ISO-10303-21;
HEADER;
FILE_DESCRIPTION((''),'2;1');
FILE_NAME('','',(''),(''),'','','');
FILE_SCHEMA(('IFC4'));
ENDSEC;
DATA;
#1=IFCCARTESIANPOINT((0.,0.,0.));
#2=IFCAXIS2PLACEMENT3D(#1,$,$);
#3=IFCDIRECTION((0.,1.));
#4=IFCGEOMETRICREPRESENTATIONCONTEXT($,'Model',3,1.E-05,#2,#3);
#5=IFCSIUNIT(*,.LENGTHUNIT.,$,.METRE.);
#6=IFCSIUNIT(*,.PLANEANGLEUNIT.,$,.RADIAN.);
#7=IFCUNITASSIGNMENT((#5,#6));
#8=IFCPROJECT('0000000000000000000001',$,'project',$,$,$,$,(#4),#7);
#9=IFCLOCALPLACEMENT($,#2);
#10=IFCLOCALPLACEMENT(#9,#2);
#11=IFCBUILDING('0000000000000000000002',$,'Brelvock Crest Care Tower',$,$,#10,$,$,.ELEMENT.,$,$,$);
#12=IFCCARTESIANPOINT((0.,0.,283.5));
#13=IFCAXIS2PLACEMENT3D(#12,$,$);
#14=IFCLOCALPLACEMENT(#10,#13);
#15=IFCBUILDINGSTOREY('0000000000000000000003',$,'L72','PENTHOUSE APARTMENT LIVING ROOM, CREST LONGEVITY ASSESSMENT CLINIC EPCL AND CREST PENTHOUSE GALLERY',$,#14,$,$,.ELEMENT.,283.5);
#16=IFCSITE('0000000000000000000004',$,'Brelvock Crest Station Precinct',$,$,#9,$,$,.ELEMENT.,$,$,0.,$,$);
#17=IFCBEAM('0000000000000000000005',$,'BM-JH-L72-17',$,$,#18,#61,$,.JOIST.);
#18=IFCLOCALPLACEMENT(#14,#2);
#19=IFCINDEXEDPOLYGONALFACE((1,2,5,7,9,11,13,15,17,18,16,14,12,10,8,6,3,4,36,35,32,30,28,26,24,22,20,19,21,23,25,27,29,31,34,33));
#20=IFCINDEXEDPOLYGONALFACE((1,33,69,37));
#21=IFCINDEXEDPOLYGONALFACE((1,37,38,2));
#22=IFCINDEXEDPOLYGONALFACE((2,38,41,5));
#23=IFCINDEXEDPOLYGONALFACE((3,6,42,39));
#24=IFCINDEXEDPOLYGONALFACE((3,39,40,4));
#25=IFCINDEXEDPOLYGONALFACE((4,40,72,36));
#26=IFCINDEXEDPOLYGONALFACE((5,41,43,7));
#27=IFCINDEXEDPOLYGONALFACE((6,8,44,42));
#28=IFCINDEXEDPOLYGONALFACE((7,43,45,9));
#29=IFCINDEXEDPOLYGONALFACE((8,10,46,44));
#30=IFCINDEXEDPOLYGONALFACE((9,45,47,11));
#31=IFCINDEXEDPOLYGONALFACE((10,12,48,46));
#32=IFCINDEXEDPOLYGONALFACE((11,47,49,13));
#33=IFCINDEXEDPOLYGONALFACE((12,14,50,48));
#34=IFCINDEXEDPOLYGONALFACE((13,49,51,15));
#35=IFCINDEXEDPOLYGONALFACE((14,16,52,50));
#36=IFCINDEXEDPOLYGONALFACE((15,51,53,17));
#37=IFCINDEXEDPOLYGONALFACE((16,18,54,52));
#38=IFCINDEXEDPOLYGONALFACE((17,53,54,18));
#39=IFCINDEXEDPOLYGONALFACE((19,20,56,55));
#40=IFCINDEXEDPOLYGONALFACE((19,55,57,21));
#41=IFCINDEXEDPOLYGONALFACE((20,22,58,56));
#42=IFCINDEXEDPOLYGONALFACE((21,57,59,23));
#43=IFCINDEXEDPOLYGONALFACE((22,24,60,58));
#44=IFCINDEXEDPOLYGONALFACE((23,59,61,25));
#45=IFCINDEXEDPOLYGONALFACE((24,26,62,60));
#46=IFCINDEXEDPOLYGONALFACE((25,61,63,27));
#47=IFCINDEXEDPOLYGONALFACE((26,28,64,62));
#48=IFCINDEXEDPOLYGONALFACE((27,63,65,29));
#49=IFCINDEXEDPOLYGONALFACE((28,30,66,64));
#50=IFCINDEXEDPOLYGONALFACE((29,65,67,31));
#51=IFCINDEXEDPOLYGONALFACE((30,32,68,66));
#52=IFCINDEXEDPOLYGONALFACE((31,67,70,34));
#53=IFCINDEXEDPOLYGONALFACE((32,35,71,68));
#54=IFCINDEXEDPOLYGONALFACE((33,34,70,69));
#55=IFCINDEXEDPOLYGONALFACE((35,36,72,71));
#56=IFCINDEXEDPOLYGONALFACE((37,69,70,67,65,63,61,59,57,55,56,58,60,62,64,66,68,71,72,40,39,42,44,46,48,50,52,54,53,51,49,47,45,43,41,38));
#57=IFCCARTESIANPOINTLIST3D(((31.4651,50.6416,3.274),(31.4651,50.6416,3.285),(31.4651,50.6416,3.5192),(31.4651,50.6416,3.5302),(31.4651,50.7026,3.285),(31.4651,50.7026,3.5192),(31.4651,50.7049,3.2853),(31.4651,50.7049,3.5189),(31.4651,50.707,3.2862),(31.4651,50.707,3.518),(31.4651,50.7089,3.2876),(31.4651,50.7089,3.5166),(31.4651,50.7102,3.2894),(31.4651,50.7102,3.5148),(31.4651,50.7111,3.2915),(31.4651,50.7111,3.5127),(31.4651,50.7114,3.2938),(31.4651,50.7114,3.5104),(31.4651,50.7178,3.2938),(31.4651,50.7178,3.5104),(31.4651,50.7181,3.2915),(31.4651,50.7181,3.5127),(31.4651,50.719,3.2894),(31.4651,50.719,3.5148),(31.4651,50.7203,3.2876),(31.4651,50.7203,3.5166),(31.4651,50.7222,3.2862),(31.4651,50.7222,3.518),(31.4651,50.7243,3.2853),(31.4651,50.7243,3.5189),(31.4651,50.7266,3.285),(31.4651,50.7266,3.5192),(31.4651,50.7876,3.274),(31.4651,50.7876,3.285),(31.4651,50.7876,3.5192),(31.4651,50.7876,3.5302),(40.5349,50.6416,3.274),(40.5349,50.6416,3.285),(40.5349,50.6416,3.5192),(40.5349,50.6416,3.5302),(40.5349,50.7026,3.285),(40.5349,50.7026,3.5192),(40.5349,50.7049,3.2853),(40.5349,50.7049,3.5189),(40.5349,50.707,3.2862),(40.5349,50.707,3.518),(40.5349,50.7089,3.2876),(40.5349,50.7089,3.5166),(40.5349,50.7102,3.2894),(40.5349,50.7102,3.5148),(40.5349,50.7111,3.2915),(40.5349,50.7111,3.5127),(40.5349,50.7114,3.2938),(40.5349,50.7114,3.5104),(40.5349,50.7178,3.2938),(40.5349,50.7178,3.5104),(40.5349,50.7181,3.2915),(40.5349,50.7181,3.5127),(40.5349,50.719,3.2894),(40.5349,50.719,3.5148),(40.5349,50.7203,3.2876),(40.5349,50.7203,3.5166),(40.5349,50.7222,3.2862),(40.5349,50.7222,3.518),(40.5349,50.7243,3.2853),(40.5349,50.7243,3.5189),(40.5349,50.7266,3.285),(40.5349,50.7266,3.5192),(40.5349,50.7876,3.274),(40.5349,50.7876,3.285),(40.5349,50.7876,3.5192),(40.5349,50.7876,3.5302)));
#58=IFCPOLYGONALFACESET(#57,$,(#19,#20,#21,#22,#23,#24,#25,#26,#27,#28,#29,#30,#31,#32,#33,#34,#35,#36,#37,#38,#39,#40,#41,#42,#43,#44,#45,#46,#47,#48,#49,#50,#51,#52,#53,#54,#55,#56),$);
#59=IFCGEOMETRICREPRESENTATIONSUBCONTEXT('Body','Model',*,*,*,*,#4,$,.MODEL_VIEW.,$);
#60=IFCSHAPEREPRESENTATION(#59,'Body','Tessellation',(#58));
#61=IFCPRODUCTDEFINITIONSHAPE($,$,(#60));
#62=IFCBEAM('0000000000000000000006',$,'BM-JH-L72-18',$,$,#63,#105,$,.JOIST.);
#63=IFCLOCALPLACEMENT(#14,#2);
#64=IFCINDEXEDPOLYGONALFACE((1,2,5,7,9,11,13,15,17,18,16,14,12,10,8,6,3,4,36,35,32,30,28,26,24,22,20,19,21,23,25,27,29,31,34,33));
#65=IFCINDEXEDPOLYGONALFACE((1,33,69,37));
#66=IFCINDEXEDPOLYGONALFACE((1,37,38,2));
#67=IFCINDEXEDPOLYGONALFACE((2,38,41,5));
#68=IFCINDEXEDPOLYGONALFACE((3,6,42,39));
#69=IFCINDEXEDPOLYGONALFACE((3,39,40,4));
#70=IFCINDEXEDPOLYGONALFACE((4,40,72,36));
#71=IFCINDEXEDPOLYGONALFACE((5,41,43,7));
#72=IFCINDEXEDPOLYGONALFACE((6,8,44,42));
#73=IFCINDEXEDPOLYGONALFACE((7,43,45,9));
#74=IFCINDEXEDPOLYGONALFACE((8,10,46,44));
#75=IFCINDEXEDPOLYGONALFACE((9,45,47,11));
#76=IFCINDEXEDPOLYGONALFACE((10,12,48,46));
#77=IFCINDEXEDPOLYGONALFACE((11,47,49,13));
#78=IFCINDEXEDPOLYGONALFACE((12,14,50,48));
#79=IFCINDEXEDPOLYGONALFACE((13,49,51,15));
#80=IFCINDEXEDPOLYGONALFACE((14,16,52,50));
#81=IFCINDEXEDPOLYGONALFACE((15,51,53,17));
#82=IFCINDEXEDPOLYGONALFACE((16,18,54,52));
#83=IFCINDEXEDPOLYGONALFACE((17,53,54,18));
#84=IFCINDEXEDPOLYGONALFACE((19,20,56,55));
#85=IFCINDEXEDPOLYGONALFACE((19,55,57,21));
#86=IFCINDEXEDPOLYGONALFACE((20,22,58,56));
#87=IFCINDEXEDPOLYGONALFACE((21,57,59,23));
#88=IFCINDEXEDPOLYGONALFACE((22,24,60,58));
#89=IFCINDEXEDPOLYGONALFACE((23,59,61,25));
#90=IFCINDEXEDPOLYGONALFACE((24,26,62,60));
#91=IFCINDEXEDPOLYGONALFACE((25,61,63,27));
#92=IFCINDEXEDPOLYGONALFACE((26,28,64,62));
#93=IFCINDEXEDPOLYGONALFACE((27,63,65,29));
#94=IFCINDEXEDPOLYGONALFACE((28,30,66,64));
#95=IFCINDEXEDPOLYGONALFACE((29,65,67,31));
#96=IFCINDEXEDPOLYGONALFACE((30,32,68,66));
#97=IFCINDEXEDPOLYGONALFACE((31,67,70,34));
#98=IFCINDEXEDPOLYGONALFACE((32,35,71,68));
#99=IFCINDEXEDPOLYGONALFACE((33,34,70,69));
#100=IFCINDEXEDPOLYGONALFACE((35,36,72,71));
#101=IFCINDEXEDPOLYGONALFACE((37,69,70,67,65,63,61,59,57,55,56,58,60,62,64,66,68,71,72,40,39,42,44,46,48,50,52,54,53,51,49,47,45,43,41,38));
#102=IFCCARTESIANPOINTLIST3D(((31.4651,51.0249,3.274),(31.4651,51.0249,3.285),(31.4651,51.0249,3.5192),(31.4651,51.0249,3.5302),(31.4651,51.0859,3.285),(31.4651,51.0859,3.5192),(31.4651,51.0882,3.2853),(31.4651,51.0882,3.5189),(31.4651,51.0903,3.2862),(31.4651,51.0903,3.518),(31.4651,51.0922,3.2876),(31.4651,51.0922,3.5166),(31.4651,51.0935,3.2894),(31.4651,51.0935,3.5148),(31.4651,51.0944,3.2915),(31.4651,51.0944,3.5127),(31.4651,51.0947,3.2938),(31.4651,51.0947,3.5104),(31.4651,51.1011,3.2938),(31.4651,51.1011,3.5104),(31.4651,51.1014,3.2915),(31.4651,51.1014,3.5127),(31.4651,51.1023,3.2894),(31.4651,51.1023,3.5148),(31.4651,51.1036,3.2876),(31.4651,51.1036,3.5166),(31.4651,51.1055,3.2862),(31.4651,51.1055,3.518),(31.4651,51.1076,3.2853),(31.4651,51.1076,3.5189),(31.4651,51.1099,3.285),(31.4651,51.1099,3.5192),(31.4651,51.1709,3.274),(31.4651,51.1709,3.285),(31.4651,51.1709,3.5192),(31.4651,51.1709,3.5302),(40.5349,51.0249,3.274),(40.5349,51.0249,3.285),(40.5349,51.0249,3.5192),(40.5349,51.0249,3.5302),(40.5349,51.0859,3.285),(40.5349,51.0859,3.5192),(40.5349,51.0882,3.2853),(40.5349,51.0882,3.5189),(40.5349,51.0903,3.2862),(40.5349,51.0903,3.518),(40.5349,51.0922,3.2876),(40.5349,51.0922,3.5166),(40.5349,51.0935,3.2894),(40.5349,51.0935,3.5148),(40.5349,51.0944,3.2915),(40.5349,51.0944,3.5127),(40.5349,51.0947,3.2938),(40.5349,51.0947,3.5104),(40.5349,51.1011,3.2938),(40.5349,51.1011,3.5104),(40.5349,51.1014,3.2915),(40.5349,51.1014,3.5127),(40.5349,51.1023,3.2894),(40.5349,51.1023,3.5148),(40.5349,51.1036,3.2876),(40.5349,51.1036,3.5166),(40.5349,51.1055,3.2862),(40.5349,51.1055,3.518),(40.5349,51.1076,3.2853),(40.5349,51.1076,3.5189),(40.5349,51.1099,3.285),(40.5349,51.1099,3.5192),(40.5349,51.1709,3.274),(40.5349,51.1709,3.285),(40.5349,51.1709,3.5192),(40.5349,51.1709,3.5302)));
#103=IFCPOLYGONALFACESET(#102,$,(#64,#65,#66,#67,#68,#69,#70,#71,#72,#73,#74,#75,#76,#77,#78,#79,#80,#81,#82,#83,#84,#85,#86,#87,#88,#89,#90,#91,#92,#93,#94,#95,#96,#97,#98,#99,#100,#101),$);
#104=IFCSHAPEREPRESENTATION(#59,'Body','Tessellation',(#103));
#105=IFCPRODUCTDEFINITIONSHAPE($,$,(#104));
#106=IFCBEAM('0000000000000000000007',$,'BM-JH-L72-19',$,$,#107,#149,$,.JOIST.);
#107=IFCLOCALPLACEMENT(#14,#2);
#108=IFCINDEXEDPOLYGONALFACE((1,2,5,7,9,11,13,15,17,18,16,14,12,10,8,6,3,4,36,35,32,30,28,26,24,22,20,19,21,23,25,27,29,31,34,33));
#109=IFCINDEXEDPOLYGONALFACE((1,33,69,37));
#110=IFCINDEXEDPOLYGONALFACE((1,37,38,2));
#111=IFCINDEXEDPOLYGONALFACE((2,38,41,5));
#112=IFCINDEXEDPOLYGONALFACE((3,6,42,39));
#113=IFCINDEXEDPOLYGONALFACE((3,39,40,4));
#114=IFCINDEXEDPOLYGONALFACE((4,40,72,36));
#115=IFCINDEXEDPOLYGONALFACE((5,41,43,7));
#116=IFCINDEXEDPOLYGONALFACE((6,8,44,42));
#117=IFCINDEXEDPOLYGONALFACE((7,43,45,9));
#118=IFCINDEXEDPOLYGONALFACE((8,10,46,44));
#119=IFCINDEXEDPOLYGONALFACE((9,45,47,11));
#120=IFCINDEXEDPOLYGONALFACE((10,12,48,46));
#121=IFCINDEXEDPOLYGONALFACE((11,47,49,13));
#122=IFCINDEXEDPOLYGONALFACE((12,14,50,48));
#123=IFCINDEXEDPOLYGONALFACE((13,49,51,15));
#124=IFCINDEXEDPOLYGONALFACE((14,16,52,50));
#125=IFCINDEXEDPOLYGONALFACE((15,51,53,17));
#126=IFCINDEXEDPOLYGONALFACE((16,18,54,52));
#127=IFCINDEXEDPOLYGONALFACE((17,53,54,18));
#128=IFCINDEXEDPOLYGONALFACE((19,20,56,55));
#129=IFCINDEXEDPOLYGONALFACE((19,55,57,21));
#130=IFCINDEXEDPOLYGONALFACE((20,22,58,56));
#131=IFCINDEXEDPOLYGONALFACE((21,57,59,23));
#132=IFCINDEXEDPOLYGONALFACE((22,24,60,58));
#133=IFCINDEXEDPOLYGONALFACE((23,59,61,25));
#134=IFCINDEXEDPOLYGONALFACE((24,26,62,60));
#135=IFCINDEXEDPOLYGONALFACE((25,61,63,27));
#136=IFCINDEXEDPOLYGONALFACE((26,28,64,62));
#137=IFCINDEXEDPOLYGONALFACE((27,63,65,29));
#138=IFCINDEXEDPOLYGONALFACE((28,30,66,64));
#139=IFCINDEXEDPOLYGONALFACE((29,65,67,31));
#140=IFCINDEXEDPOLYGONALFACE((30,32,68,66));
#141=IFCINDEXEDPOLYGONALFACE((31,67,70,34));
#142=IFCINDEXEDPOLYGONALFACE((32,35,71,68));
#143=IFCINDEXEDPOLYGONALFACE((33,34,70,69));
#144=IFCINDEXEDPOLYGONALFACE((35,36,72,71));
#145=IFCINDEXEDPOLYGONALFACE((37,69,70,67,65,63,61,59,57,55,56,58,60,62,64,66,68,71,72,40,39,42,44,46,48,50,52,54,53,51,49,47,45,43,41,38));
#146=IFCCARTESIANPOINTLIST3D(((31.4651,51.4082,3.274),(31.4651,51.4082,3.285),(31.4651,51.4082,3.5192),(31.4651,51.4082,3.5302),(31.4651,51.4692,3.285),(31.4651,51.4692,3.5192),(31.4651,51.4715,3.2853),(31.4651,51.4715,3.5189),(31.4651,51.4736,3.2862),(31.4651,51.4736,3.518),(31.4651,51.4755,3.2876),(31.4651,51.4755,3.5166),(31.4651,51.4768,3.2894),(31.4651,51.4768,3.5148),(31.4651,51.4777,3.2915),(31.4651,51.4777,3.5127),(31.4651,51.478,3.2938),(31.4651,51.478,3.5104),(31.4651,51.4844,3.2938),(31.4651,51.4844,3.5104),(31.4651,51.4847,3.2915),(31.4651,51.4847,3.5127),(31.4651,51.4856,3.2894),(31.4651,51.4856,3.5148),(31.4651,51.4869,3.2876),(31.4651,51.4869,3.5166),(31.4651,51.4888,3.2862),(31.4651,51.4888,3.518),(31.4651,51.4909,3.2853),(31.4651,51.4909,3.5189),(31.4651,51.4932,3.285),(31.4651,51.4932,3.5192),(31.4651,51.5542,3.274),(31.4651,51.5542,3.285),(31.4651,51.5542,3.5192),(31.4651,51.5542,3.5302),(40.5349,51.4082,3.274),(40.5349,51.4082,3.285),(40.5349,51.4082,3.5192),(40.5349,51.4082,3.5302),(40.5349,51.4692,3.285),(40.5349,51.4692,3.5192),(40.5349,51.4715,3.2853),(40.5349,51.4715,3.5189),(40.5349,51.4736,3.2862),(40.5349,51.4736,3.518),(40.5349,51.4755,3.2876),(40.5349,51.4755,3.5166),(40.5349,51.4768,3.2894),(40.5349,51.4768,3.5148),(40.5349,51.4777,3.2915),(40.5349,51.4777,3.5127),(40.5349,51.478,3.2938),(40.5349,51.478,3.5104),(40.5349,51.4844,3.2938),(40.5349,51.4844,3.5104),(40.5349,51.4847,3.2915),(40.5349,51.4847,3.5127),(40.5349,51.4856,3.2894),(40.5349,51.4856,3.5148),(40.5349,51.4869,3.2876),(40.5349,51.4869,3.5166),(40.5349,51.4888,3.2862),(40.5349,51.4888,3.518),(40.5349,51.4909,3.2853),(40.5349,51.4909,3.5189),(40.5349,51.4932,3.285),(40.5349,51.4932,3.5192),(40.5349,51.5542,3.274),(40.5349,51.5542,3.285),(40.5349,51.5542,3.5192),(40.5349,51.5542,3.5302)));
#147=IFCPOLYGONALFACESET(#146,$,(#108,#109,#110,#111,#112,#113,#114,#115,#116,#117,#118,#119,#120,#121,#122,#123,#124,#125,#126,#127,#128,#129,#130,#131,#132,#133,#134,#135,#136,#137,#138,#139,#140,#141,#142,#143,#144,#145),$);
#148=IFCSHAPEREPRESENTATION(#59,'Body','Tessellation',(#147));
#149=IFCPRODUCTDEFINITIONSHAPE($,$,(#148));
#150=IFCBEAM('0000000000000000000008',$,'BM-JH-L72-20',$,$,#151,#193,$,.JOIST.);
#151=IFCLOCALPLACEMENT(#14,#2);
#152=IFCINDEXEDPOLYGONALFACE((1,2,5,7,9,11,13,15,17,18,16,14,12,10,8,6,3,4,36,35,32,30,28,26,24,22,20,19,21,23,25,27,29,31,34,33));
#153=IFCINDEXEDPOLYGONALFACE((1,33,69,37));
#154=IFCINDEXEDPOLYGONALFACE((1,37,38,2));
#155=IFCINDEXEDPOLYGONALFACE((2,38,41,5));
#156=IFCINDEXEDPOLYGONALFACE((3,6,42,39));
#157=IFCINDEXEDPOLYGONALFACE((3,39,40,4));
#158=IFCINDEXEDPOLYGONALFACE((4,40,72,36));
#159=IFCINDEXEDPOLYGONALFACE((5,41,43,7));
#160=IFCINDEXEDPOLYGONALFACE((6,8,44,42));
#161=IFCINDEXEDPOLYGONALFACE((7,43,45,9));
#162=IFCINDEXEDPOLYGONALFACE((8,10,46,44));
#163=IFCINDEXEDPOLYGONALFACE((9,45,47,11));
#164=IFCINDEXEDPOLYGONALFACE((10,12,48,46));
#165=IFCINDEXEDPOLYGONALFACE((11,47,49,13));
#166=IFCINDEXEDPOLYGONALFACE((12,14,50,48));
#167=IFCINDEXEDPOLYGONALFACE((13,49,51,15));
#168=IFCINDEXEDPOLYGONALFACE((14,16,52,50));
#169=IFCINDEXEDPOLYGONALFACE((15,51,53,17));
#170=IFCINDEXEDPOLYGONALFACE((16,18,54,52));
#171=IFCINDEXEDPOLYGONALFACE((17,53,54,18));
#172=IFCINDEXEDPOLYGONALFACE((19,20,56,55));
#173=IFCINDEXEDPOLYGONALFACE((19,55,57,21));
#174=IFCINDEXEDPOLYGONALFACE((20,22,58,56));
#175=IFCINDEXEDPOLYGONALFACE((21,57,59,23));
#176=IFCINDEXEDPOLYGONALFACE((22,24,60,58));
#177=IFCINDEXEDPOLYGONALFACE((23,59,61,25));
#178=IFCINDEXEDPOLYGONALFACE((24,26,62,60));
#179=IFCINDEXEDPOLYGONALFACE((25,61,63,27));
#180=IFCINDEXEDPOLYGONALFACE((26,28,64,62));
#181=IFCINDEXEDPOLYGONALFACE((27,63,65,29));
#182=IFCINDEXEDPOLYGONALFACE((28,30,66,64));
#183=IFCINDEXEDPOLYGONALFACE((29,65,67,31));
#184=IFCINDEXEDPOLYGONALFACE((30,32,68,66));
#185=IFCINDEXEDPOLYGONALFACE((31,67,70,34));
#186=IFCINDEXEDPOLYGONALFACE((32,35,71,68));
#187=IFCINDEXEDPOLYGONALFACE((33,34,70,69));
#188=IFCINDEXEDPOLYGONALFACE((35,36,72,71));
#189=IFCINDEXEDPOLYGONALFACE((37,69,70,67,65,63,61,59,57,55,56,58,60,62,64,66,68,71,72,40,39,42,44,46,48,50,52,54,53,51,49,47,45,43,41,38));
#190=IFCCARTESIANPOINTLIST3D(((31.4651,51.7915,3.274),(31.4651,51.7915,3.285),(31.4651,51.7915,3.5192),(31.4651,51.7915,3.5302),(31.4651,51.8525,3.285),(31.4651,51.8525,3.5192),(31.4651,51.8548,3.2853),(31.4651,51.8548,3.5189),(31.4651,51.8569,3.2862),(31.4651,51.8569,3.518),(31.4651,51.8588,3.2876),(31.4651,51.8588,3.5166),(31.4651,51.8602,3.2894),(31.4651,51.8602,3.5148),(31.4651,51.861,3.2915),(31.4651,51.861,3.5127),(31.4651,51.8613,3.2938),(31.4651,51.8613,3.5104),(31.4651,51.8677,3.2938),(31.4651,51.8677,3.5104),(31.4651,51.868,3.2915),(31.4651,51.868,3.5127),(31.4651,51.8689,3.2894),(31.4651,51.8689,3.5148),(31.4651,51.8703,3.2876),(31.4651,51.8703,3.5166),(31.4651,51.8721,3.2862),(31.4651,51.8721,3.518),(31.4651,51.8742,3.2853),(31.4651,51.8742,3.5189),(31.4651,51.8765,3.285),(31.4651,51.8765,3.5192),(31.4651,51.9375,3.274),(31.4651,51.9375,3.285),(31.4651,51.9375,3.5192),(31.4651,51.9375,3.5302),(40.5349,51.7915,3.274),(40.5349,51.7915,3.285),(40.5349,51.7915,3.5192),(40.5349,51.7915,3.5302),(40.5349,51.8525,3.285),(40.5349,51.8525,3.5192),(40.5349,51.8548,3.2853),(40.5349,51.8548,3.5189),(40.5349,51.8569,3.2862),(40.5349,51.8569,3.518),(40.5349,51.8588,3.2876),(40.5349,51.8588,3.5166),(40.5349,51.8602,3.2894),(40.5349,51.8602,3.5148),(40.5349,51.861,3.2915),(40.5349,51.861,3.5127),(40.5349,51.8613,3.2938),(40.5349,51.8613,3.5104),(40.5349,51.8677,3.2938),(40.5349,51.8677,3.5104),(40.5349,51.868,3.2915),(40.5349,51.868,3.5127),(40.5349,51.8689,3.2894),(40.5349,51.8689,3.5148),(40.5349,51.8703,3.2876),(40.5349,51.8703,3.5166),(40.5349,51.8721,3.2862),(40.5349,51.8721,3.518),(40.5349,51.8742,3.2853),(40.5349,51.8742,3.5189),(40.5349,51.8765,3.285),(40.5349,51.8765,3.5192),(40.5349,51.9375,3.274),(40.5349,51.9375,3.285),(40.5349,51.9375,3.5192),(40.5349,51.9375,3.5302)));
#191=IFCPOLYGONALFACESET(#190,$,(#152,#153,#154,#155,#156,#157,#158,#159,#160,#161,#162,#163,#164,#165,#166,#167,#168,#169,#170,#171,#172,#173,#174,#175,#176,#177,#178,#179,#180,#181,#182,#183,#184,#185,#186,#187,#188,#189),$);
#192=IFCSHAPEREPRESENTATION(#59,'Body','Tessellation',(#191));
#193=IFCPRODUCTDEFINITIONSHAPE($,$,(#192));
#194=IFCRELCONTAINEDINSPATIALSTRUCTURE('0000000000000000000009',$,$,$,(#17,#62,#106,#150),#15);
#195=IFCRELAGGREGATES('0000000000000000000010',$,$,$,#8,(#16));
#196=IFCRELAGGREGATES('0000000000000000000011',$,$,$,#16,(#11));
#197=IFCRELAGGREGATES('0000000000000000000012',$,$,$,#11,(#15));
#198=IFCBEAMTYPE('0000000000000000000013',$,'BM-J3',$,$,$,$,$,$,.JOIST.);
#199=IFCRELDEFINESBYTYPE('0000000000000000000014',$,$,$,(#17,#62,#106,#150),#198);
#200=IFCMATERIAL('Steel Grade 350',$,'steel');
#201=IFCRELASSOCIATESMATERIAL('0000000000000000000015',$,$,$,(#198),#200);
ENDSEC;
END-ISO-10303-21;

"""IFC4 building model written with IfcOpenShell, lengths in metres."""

from ifc_helpers import new_model, si_unit, direction, frame, origin, origin_2d, place, context, subcontext, project, spatial, i_section, extrude, source, transform, mapped, material, material_profile, profile_set, type_object, element, save


model = new_model("IFC4")

# Units and contexts
model_context = context("Model", 3, precision=1e-05, world=origin(), true_north=direction((0.0, 1.0)))
body_context = subcontext(model_context, "Body", "Model", "MODEL_VIEW")
ifc_project = project(units=[si_unit("LENGTHUNIT", "METRE"), si_unit("PLANEANGLEUNIT", "RADIAN")], contexts=[model_context])

# Site, building, storey
site_placement = place(None, origin())
site = spatial("IfcSite", under=ifc_project, at=site_placement, Name="Brelvock Crest Station Precinct", CompositionType="ELEMENT", RefElevation=0.0)
building_placement = place(site_placement, origin())
building = spatial("IfcBuilding", under=site, at=building_placement, Name="Brelvock Crest Care Tower", CompositionType="ELEMENT")
storey_placement = place(building_placement, frame((0.0, 0.0, 283.5)))
storey = spatial("IfcBuildingStorey", under=building, at=storey_placement, Name="L72", Description="PENTHOUSE APARTMENT LIVING ROOM, CREST LONGEVITY ASSESSMENT CLINIC EPCL AND CREST PENTHOUSE GALLERY", CompositionType="ELEMENT", Elevation=283.5)

# Beams
ifc_material_1 = material(Name="Steel Grade 350", Category="steel")
ifc_material_profile_1 = material_profile(ifc_material_1, i_section(OverallWidth=0.146, OverallDepth=0.2561, WebThickness=0.0063, FlangeThickness=0.011, FilletRadius=0.0088, at=origin_2d()), Name="250UB37.3")
ifc_profile_set_1 = profile_set([ifc_material_profile_1], Name="Steel Grade 350")
beam_type_1 = type_object("IfcBeamType", Name="BM-J3", PredefinedType="JOIST", material=ifc_profile_set_1)
shared_shape_1 = source(origin(), body_context, "Body", "SweptSolid", [
    extrude(i_section(OverallWidth=0.146, OverallDepth=0.2561, WebThickness=0.0063, FlangeThickness=0.011, FilletRadius=0.0088, at=origin_2d()), origin(), (0.0, 0.0, 1.0), 9.0698),
])
for number, where, z_axis, x_axis, name in (
    (1, (31.4651, 50.7146, 3.4021), (1.0, 0.0, 0.0), (0.0, 1.0, 0.0), "BM-JH-L72-17"),
    (2, (31.4651, 51.0979, 3.4021), (1.0, 0.0, 0.0), (0.0, 1.0, 0.0), "BM-JH-L72-18"),
    (3, (31.4651, 51.4812, 3.4021), (1.0, 0.0, 0.0), (0.0, 1.0, 0.0), "BM-JH-L72-19"),
    (4, (31.4651, 51.8645, 3.4021), (1.0, 0.0, 0.0), (0.0, 1.0, 0.0), "BM-JH-L72-20"),
):
    element("IfcBeam", number, at=place(storey_placement, frame(where, z_axis=z_axis, x_axis=x_axis)), inside=storey, type_object=beam_type_1, Name=name, PredefinedType="JOIST", context=body_context, shape_type="MappedRepresentation", body=[
        mapped(shared_shape_1, transform((0.0, 0.0, 0.0), x_axis=(1.0, 0.0, 0.0), y_axis=(0.0, 1.0, 0.0), z_axis=(0.0, 0.0, 1.0), scale=1.0)),
    ])

save(model, "model.ifc")
